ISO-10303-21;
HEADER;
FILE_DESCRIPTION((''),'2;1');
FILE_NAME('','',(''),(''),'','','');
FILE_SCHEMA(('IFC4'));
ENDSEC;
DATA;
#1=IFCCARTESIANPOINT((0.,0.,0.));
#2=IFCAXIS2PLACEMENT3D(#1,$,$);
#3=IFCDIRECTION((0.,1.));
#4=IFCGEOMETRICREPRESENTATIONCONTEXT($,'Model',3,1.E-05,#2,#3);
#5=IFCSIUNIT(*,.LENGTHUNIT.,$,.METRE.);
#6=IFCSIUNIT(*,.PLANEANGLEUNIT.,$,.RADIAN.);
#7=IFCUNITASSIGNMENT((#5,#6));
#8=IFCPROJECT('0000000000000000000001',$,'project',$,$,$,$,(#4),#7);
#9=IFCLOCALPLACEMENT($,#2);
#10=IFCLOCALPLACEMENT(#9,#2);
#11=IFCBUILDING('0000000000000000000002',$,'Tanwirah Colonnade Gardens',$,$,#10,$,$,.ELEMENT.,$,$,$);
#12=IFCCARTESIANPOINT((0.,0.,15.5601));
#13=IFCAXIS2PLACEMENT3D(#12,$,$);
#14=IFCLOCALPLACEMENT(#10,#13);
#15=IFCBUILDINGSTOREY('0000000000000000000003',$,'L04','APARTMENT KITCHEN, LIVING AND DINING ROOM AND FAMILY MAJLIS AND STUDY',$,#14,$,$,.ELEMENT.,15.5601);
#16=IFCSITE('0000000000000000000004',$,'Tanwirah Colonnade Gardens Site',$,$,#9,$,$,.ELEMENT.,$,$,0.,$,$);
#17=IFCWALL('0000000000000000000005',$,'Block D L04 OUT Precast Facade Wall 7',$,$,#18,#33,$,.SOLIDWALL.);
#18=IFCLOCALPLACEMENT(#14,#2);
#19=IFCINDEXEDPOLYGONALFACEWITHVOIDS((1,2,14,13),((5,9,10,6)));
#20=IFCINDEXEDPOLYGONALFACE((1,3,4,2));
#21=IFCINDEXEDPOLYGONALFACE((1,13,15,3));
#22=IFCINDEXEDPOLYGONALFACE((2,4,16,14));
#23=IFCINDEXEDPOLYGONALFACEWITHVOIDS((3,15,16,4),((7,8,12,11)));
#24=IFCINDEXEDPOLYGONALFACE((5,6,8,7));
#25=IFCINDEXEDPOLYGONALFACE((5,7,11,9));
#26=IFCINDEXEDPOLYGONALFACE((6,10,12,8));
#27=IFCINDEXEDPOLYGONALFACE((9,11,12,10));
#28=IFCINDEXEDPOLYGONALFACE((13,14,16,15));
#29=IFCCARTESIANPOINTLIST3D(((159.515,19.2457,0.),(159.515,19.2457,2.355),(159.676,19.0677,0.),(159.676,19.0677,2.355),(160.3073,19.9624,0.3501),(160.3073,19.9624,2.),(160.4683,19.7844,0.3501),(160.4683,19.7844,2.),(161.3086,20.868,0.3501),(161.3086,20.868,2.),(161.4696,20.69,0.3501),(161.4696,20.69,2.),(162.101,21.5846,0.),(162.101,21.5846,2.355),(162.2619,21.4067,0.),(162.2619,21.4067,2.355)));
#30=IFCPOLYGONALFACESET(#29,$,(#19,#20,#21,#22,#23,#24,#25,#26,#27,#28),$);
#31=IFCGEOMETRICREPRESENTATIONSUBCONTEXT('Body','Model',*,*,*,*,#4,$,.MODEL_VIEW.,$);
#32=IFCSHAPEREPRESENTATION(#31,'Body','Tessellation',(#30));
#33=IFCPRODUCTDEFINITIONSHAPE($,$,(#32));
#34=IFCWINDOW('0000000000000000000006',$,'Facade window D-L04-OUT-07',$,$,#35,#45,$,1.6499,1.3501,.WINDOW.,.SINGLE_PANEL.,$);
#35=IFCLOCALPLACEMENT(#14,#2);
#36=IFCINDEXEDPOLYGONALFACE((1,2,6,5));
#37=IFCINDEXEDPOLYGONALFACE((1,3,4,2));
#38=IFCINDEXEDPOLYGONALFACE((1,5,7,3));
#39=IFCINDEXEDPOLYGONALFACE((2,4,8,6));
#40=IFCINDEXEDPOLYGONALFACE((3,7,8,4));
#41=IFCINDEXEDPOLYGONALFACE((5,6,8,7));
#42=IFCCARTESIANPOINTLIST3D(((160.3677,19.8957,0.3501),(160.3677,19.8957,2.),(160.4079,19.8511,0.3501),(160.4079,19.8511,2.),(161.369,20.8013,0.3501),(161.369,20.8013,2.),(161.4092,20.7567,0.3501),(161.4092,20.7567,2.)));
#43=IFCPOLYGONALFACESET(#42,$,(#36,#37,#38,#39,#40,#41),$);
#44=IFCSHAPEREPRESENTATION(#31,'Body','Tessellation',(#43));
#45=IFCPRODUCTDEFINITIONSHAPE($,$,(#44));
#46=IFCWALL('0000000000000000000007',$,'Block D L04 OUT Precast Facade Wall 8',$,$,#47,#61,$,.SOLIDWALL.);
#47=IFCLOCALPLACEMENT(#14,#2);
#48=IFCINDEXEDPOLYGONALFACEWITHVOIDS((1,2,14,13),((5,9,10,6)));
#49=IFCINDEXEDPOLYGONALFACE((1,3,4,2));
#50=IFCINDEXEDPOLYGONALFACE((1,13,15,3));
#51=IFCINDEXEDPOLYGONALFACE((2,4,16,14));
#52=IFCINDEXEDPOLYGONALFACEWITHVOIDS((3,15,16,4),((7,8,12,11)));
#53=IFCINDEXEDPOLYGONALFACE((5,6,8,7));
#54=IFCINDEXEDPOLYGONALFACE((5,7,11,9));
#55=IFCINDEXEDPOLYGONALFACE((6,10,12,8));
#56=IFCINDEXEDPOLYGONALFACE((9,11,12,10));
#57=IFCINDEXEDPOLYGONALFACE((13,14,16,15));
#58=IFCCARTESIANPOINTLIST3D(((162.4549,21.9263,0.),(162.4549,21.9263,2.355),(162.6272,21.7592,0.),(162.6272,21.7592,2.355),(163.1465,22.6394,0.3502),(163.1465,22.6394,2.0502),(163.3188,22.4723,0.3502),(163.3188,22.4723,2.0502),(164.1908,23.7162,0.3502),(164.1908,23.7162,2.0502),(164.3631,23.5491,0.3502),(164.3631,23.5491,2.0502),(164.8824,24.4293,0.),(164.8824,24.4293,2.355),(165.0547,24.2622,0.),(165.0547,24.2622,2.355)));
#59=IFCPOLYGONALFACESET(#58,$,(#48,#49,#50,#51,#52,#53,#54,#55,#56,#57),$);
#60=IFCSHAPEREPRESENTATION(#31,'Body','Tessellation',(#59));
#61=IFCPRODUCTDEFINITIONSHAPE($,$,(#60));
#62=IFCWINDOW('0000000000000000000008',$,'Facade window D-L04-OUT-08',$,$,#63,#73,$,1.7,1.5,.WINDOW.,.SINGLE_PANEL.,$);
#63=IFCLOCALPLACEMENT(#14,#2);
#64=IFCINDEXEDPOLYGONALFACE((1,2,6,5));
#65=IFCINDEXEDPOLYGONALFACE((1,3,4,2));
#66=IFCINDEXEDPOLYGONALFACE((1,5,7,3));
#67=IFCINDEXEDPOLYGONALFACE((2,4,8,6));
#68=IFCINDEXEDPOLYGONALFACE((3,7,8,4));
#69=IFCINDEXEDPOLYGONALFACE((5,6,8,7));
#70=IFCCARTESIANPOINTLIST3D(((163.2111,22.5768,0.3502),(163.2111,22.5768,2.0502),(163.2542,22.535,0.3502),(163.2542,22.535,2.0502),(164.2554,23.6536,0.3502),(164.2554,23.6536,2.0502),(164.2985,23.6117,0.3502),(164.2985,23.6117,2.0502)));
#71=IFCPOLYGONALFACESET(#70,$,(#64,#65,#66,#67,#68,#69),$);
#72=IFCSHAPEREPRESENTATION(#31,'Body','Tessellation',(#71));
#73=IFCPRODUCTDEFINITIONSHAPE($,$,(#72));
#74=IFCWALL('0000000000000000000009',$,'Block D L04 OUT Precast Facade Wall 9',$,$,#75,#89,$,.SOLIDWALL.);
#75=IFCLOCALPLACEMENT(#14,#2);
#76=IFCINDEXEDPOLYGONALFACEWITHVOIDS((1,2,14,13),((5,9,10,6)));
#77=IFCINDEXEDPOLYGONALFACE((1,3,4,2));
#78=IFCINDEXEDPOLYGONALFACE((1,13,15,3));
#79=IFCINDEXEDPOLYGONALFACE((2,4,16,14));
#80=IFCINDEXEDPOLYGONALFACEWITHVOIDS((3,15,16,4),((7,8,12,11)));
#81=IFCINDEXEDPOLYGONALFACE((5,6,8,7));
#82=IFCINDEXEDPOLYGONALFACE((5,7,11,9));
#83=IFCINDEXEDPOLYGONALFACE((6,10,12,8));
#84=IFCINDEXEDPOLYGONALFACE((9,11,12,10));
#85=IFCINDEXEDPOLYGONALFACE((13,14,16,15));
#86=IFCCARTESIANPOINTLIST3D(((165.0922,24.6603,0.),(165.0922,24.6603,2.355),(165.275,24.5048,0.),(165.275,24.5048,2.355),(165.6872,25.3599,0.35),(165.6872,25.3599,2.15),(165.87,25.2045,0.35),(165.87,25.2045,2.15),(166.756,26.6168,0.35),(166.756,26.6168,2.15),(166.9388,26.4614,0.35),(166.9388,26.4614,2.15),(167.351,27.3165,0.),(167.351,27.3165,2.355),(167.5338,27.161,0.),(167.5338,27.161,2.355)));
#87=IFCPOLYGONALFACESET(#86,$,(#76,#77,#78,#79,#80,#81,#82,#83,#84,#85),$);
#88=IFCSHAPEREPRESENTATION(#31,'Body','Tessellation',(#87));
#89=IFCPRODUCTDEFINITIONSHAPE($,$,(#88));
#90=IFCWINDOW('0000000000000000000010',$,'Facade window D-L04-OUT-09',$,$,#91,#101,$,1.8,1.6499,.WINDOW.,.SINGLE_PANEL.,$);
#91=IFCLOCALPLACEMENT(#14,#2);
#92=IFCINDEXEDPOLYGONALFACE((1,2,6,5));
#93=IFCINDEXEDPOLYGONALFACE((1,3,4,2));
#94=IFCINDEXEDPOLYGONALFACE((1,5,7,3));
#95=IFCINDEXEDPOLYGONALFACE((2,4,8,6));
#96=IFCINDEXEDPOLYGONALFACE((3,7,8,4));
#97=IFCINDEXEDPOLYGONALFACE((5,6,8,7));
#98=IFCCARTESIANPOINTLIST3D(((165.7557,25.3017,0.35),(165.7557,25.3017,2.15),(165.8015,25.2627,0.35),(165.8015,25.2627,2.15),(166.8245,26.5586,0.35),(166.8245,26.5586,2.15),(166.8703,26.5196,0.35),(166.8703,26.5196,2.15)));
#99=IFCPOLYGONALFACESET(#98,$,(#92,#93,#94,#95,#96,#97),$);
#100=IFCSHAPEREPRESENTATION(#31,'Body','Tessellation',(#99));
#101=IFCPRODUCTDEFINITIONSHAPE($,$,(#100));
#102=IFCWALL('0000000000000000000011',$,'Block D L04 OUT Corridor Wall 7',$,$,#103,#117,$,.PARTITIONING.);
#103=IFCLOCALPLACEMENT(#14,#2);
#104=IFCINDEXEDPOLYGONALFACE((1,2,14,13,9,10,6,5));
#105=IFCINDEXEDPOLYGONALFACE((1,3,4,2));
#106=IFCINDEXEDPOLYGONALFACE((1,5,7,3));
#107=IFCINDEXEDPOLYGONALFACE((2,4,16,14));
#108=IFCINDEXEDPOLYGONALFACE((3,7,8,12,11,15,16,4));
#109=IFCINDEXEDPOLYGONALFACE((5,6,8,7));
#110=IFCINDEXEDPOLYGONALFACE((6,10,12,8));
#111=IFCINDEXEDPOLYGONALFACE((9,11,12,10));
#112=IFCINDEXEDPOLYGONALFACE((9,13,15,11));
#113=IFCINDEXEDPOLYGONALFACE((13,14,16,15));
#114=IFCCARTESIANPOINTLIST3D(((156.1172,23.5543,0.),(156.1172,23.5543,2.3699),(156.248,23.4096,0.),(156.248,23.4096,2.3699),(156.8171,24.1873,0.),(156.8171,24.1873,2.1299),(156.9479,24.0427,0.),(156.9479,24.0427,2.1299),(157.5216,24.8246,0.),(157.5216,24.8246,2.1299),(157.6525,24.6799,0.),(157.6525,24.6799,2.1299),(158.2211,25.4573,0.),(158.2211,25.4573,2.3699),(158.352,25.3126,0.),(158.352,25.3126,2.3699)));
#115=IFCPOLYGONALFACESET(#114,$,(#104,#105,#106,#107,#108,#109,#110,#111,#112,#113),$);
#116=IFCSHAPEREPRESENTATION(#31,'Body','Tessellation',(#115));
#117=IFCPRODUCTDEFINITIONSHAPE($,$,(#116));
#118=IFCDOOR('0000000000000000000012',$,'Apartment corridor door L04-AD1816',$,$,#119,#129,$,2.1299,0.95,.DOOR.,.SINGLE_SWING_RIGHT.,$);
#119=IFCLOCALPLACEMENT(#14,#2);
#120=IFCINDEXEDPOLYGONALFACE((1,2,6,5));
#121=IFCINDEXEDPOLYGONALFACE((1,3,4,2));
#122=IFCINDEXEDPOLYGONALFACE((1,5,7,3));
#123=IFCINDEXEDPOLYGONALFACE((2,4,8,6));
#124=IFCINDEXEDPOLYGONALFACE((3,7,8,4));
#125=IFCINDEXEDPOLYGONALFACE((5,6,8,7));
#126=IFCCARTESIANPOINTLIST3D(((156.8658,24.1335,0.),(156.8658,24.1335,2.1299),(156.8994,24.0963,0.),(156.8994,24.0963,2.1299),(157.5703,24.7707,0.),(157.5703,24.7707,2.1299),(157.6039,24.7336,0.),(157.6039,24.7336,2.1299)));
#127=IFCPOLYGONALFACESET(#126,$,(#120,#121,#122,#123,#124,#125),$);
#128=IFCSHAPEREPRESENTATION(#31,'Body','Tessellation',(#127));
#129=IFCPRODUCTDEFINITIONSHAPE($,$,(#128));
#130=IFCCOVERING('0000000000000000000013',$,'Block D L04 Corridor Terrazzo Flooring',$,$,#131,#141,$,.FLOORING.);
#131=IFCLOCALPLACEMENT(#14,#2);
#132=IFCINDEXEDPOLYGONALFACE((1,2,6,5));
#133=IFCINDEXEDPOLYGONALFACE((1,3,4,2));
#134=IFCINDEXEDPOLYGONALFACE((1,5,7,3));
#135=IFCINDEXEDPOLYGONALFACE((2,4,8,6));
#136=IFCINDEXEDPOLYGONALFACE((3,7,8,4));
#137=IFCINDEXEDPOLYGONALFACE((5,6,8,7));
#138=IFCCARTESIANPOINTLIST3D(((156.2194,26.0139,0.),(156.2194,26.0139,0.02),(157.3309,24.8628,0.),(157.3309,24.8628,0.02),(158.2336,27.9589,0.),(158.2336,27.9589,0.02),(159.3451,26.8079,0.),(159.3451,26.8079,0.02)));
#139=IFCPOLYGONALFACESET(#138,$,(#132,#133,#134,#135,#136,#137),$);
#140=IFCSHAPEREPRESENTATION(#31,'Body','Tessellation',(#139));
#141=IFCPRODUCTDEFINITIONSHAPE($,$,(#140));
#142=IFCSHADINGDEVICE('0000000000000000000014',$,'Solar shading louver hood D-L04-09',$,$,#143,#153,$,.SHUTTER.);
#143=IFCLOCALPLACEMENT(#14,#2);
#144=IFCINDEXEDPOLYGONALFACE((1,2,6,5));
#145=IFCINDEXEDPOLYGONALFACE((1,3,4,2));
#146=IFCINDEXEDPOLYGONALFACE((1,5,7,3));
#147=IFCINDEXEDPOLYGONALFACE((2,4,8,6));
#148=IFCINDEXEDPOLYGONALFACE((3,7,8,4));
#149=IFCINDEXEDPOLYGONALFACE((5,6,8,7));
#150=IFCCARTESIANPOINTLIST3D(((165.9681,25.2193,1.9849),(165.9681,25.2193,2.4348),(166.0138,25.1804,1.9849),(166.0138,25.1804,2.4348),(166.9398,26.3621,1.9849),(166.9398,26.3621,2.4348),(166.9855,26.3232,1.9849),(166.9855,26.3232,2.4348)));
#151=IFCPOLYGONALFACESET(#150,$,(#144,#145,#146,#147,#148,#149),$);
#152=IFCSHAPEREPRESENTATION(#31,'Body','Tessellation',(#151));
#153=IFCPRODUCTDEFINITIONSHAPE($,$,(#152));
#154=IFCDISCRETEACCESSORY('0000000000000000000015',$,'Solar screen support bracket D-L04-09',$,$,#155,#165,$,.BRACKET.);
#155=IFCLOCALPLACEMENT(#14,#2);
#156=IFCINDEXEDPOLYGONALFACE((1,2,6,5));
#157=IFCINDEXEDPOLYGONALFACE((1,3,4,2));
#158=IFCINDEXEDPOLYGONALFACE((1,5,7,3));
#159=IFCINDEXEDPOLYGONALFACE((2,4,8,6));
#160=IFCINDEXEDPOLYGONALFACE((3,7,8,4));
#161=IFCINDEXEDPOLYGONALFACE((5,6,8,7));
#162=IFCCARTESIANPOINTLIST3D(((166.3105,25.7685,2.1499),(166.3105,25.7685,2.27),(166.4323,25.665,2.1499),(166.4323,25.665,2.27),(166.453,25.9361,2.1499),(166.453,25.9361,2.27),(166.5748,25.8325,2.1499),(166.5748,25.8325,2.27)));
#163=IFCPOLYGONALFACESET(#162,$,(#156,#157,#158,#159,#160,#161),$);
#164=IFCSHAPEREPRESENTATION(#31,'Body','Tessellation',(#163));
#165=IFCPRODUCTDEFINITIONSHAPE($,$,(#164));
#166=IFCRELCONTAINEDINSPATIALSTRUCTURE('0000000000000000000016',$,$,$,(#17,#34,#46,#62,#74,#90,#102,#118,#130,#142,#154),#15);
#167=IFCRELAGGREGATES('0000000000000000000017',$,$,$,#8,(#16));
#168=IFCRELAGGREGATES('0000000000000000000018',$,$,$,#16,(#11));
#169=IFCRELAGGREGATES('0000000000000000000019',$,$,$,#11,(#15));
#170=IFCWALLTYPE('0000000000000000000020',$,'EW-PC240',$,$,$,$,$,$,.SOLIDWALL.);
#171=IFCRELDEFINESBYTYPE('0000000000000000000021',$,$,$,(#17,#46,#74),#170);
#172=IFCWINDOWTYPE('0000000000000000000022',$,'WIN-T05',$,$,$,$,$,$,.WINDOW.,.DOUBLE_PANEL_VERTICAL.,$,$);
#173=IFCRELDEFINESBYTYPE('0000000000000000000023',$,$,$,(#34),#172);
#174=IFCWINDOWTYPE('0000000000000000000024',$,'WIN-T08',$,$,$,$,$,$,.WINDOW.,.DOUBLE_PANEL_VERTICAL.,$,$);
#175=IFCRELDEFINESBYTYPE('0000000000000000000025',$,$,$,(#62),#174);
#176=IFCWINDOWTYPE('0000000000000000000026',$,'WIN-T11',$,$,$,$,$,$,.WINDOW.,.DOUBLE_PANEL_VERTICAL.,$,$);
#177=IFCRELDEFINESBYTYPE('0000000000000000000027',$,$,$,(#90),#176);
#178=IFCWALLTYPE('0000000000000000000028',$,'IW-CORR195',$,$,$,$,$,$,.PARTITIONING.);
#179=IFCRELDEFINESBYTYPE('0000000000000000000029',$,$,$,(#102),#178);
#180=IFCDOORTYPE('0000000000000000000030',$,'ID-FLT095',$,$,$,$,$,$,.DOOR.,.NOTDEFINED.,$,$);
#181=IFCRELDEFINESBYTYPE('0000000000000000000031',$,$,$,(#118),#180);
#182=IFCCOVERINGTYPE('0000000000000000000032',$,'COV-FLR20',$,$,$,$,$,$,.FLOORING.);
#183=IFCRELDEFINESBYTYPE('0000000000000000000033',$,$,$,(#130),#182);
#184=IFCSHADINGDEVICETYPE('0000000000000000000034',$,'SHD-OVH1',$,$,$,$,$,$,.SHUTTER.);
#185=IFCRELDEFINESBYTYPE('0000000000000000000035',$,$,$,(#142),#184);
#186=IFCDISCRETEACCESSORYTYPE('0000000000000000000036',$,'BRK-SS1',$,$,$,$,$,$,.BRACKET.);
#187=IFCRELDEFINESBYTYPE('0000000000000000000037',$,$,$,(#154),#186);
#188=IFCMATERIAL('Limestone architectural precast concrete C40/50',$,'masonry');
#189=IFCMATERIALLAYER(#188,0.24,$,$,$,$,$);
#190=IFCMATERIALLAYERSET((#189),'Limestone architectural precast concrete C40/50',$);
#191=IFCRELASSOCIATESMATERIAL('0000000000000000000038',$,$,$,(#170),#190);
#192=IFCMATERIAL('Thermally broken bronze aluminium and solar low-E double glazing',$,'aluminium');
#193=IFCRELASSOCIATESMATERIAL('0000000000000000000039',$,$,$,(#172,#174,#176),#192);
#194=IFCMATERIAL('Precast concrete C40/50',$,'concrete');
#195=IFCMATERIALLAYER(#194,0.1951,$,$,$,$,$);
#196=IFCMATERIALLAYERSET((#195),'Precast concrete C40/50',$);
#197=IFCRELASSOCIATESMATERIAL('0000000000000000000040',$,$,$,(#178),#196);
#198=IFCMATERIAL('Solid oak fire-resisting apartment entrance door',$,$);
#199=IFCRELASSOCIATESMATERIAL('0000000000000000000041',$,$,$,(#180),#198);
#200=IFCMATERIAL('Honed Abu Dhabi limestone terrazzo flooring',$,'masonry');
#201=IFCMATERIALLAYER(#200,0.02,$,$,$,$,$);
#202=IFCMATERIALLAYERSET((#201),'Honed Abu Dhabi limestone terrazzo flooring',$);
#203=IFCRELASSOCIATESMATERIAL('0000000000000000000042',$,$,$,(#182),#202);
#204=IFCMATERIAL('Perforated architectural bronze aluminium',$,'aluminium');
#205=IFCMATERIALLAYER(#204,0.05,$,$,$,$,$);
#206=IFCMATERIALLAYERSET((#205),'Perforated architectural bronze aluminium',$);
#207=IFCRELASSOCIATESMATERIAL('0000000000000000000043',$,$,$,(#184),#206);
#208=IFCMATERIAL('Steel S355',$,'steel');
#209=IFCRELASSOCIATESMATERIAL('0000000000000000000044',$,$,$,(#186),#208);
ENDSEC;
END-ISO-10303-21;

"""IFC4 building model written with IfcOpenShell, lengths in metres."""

from ifc_helpers import new_model, si_unit, direction, frame, frame_2d, origin, origin_2d, place, context, subcontext, project, spatial, rectangle, extrude, material, layer, layer_set, type_object, element, fill, save


model = new_model("IFC4")

# Units and contexts
model_context = context("Model", 3, precision=1e-05, world=origin(), true_north=direction((0.0, 1.0)))
body_context = subcontext(model_context, "Body", "Model", "MODEL_VIEW")
ifc_project = project(units=[si_unit("LENGTHUNIT", "METRE"), si_unit("PLANEANGLEUNIT", "RADIAN")], contexts=[model_context])

# Site, building, storey
site_placement = place(None, origin())
site = spatial("IfcSite", under=ifc_project, at=site_placement, Name="Tanwirah Colonnade Gardens Site", CompositionType="ELEMENT", RefElevation=0.0)
building_placement = place(site_placement, origin())
building = spatial("IfcBuilding", under=site, at=building_placement, Name="Tanwirah Colonnade Gardens", CompositionType="ELEMENT")
storey_placement = place(building_placement, frame((0.0, 0.0, 15.5601)))
storey = spatial("IfcBuildingStorey", under=building, at=storey_placement, Name="L04", Description="APARTMENT KITCHEN, LIVING AND DINING ROOM AND FAMILY MAJLIS AND STUDY", CompositionType="ELEMENT", Elevation=15.5601)

# Shared definitions
ifc_material_1 = material(Name="Precast concrete C40/50", Category="concrete")

# Shared definitions
ifc_material_2 = material(Name="Limestone architectural precast concrete C40/50", Category="masonry")
ifc_layer_1 = layer(ifc_material_2, 0.24)
ifc_layer_set_1 = layer_set([ifc_layer_1], Name="Limestone architectural precast concrete C40/50")
wall_type_1 = type_object("IfcWallType", Name="EW-PC240", PredefinedType="SOLIDWALL", material=ifc_layer_set_1)

# Walls, openings, windows
wall_1_placement = place(storey_placement, frame((159.5955, 19.1567, 0.0), z_axis=(0.0, 0.0, 1.0), x_axis=(0.741649, 0.670789, 0.0)))
wall_1 = element("IfcWall", 1, at=wall_1_placement, inside=storey, type_object=wall_type_1, Name="Block D L04 OUT Precast Facade Wall 7", PredefinedType="SOLIDWALL", context=body_context, shape_type="SweptSolid", body=[
    extrude(rectangle(XDim=3.4868, YDim=0.24, at=frame_2d((1.7434, 0.0))), origin(), (0.0, 0.0, 1.0), 2.355),
])
opening_1_placement = place(wall_1_placement, frame((1.0684, 0.0, 0.3501)))
opening_1 = element("IfcOpeningElement", 2, at=opening_1_placement, cuts=wall_1, PredefinedType="OPENING", context=body_context, shape_type="SweptSolid", body=[
    extrude(rectangle(XDim=1.3501, YDim=1.6499, at=frame_2d((0.675, 0.825))), frame((0.0, 0.1299, 0.0), z_axis=(0.0, -1.0, 0.0), x_axis=(1.0, 0.0, 0.0)), (0.0, 0.0, 1.0), 0.26),
])
ifc_material_3 = material(Name="Thermally broken bronze aluminium and solar low-E double glazing", Category="aluminium")
window_type_1 = type_object("IfcWindowType", Name="WIN-T05", PartitioningType="DOUBLE_PANEL_VERTICAL", PredefinedType="WINDOW", material=ifc_material_3)
window_1_placement = place(opening_1_placement, origin())
window_1 = element("IfcWindow", 3, at=window_1_placement, inside=storey, type_object=window_type_1, Name="Facade window D-L04-OUT-07", OverallHeight=1.6499, OverallWidth=1.3501, PartitioningType="SINGLE_PANEL", PredefinedType="WINDOW", context=body_context, shape_type="SweptSolid", body=[
    extrude(rectangle(XDim=1.3501, YDim=1.6499, at=frame_2d((0.675, 0.825))), frame((0.0, 0.03, 0.0), z_axis=(0.0, -1.0, 0.0), x_axis=(1.0, 0.0, 0.0)), (0.0, 0.0, 1.0), 0.0601),
])
fill(opening_1, window_1)
wall_2_placement = place(storey_placement, frame((162.541, 21.8428, 0.0), z_axis=(0.0, 0.0, 1.0), x_axis=(0.696206, 0.717842, 0.0)))
wall_2 = element("IfcWall", 4, at=wall_2_placement, inside=storey, type_object=wall_type_1, Name="Block D L04 OUT Precast Facade Wall 8", PredefinedType="SOLIDWALL", context=body_context, shape_type="SweptSolid", body=[
    extrude(rectangle(XDim=3.4868, YDim=0.24, at=frame_2d((1.7434, 0.0))), origin(), (0.0, 0.0, 1.0), 2.355),
])
opening_2_placement = place(wall_2_placement, frame((0.9934, 0.0, 0.3501)))
opening_2 = element("IfcOpeningElement", 5, at=opening_2_placement, cuts=wall_2, PredefinedType="OPENING", context=body_context, shape_type="SweptSolid", body=[
    extrude(rectangle(XDim=1.5, YDim=1.7, at=frame_2d((0.75, 0.8501))), frame((0.0, 0.1299, 0.0), z_axis=(0.0, -1.0, 0.0), x_axis=(1.0, 0.0, 0.0)), (0.0, 0.0, 1.0), 0.26),
])
window_type_2 = type_object("IfcWindowType", Name="WIN-T08", PartitioningType="DOUBLE_PANEL_VERTICAL", PredefinedType="WINDOW", material=ifc_material_3)
window_2_placement = place(opening_2_placement, origin())
window_2 = element("IfcWindow", 6, at=window_2_placement, inside=storey, type_object=window_type_2, Name="Facade window D-L04-OUT-08", OverallHeight=1.7, OverallWidth=1.5, PartitioningType="SINGLE_PANEL", PredefinedType="WINDOW", context=body_context, shape_type="SweptSolid", body=[
    extrude(rectangle(XDim=1.5, YDim=1.7, at=frame_2d((0.75, 0.8501))), frame((0.0, 0.03, 0.0), z_axis=(0.0, -1.0, 0.0), x_axis=(1.0, 0.0, 0.0)), (0.0, 0.0, 1.0), 0.0601),
])
fill(opening_2, window_2)
wall_3_placement = place(storey_placement, frame((165.1836, 24.5825, 0.0), z_axis=(0.0, 0.0, 1.0), x_axis=(0.647811, 0.761801, 0.0)))
wall_3 = element("IfcWall", 7, at=wall_3_placement, inside=storey, type_object=wall_type_1, Name="Block D L04 OUT Precast Facade Wall 9", PredefinedType="SOLIDWALL", context=body_context, shape_type="SweptSolid", body=[
    extrude(rectangle(XDim=3.4868, YDim=0.24, at=frame_2d((1.7434, 0.0))), origin(), (0.0, 0.0, 1.0), 2.355),
])
opening_3_placement = place(wall_3_placement, frame((0.9185, 0.0, 0.3501)))
opening_3 = element("IfcOpeningElement", 8, at=opening_3_placement, cuts=wall_3, PredefinedType="OPENING", context=body_context, shape_type="SweptSolid", body=[
    extrude(rectangle(XDim=1.6499, YDim=1.8, at=frame_2d((0.825, 0.8999))), frame((0.0, 0.1299, 0.0), z_axis=(0.0, -1.0, 0.0), x_axis=(1.0, 0.0, 0.0)), (0.0, 0.0, 1.0), 0.26),
])
window_type_3 = type_object("IfcWindowType", Name="WIN-T11", PartitioningType="DOUBLE_PANEL_VERTICAL", PredefinedType="WINDOW", material=ifc_material_3)
window_3_placement = place(opening_3_placement, origin())
window_3 = element("IfcWindow", 9, at=window_3_placement, inside=storey, type_object=window_type_3, Name="Facade window D-L04-OUT-09", OverallHeight=1.8, OverallWidth=1.6499, PartitioningType="SINGLE_PANEL", PredefinedType="WINDOW", context=body_context, shape_type="SweptSolid", body=[
    extrude(rectangle(XDim=1.6499, YDim=1.8, at=frame_2d((0.825, 0.8999))), frame((0.0, 0.03, 0.0), z_axis=(0.0, -1.0, 0.0), x_axis=(1.0, 0.0, 0.0)), (0.0, 0.0, 1.0), 0.0601),
])
fill(opening_3, window_3)

# Wall, opening, door
ifc_layer_2 = layer(ifc_material_1, 0.1951)
ifc_layer_set_2 = layer_set([ifc_layer_2], Name="Precast concrete C40/50")
wall_type_2 = type_object("IfcWallType", Name="IW-CORR195", PredefinedType="PARTITIONING", material=ifc_layer_set_2)
wall_4_placement = place(storey_placement, frame((156.1826, 23.4819, 0.0), z_axis=(0.0, 0.0, 1.0), x_axis=(0.741632, 0.670807, 0.0)))
wall_4 = element("IfcWall", 10, at=wall_4_placement, inside=storey, type_object=wall_type_2, Name="Block D L04 OUT Corridor Wall 7", PredefinedType="PARTITIONING", context=body_context, shape_type="SweptSolid", body=[
    extrude(rectangle(XDim=2.8369, YDim=0.1951, at=frame_2d((1.4185, 0.0))), origin(), (0.0, 0.0, 1.0), 2.3699),
])
opening_4_placement = place(wall_4_placement, frame((0.9436, 0.0, 0.0)))
opening_4 = element("IfcOpeningElement", 11, at=opening_4_placement, cuts=wall_4, PredefinedType="OPENING", context=body_context, shape_type="SweptSolid", body=[
    extrude(rectangle(XDim=0.95, YDim=2.1299, at=frame_2d((0.4751, 1.0649))), frame((0.0, 0.1074, 0.0), z_axis=(0.0, -1.0, 0.0), x_axis=(1.0, 0.0, 0.0)), (0.0, 0.0, 1.0), 0.2151),
])
ifc_material_4 = material(Name="Solid oak fire-resisting apartment entrance door")
door_type_1 = type_object("IfcDoorType", Name="ID-FLT095", OperationType="NOTDEFINED", PredefinedType="DOOR", material=ifc_material_4)
door_1_placement = place(opening_4_placement, origin())
door_1 = element("IfcDoor", 12, at=door_1_placement, inside=storey, type_object=door_type_1, Name="Apartment corridor door L04-AD1816", OperationType="SINGLE_SWING_RIGHT", OverallHeight=2.1299, OverallWidth=0.95, PredefinedType="DOOR", context=body_context, shape_type="SweptSolid", body=[
    extrude(rectangle(XDim=0.95, YDim=2.1299, at=frame_2d((0.4751, 1.0649))), frame((0.0, 0.0249, 0.0), z_axis=(0.0, -1.0, 0.0), x_axis=(1.0, 0.0, 0.0)), (0.0, 0.0, 1.0), 0.05),
])
fill(opening_4, door_1)

# Covering
ifc_material_5 = material(Name="Honed Abu Dhabi limestone terrazzo flooring", Category="masonry")
ifc_layer_3 = layer(ifc_material_5, 0.02)
ifc_layer_set_3 = layer_set([ifc_layer_3], Name="Honed Abu Dhabi limestone terrazzo flooring")
covering_type = type_object("IfcCoveringType", Name="COV-FLR20", PredefinedType="FLOORING", material=ifc_layer_set_3)
covering_placement = place(storey_placement, frame((157.7822, 26.4109, 0.0), z_axis=(0.0, 0.0, 1.0), x_axis=(0.71934, 0.694658, 0.0)))
element("IfcCovering", 13, at=covering_placement, inside=storey, type_object=covering_type, Name="Block D L04 Corridor Terrazzo Flooring", PredefinedType="FLOORING", context=body_context, shape_type="SweptSolid", body=[
    extrude(rectangle(XDim=2.8, YDim=1.6001, at=origin_2d()), origin(), (0.0, 0.0, 1.0), 0.02),
])

# Shading device
ifc_material_6 = material(Name="Perforated architectural bronze aluminium", Category="aluminium")
ifc_layer_4 = layer(ifc_material_6, 0.05)
ifc_layer_set_4 = layer_set([ifc_layer_4], Name="Perforated architectural bronze aluminium")
shading_device_type = type_object("IfcShadingDeviceType", Name="SHD-OVH1", PredefinedType="SHUTTER", material=ifc_layer_set_4)
shading_device_placement = place(storey_placement, frame((166.4768, 25.7712, 1.9849), z_axis=(0.0, 0.0, 1.0), x_axis=(0.647787, 0.761821, 0.0)))
element("IfcShadingDevice", 14, at=shading_device_placement, inside=storey, type_object=shading_device_type, Name="Solar shading louver hood D-L04-09", PredefinedType="SHUTTER", context=body_context, shape_type="SweptSolid", body=[
    extrude(rectangle(XDim=1.5, YDim=0.0601, at=origin_2d()), origin(), (0.0, 0.0, 1.0), 0.45),
])

# Discrete accessory
ifc_material_7 = material(Name="Steel S355", Category="steel")
discrete_accessory_type = type_object("IfcDiscreteAccessoryType", Name="BRK-SS1", PredefinedType="BRACKET", material=ifc_material_7)
discrete_accessory_placement = place(storey_placement, frame((166.4426, 25.8005, 2.1499), z_axis=(0.0, 0.0, 1.0), x_axis=(0.647787, 0.761821, 0.0)))
element("IfcDiscreteAccessory", 15, at=discrete_accessory_placement, inside=storey, type_object=discrete_accessory_type, Name="Solar screen support bracket D-L04-09", PredefinedType="BRACKET", context=body_context, shape_type="SweptSolid", body=[
    extrude(rectangle(XDim=0.22, YDim=0.1599, at=origin_2d()), origin(), (0.0, 0.0, 1.0), 0.1201),
])

save(model, "model.ifc")
